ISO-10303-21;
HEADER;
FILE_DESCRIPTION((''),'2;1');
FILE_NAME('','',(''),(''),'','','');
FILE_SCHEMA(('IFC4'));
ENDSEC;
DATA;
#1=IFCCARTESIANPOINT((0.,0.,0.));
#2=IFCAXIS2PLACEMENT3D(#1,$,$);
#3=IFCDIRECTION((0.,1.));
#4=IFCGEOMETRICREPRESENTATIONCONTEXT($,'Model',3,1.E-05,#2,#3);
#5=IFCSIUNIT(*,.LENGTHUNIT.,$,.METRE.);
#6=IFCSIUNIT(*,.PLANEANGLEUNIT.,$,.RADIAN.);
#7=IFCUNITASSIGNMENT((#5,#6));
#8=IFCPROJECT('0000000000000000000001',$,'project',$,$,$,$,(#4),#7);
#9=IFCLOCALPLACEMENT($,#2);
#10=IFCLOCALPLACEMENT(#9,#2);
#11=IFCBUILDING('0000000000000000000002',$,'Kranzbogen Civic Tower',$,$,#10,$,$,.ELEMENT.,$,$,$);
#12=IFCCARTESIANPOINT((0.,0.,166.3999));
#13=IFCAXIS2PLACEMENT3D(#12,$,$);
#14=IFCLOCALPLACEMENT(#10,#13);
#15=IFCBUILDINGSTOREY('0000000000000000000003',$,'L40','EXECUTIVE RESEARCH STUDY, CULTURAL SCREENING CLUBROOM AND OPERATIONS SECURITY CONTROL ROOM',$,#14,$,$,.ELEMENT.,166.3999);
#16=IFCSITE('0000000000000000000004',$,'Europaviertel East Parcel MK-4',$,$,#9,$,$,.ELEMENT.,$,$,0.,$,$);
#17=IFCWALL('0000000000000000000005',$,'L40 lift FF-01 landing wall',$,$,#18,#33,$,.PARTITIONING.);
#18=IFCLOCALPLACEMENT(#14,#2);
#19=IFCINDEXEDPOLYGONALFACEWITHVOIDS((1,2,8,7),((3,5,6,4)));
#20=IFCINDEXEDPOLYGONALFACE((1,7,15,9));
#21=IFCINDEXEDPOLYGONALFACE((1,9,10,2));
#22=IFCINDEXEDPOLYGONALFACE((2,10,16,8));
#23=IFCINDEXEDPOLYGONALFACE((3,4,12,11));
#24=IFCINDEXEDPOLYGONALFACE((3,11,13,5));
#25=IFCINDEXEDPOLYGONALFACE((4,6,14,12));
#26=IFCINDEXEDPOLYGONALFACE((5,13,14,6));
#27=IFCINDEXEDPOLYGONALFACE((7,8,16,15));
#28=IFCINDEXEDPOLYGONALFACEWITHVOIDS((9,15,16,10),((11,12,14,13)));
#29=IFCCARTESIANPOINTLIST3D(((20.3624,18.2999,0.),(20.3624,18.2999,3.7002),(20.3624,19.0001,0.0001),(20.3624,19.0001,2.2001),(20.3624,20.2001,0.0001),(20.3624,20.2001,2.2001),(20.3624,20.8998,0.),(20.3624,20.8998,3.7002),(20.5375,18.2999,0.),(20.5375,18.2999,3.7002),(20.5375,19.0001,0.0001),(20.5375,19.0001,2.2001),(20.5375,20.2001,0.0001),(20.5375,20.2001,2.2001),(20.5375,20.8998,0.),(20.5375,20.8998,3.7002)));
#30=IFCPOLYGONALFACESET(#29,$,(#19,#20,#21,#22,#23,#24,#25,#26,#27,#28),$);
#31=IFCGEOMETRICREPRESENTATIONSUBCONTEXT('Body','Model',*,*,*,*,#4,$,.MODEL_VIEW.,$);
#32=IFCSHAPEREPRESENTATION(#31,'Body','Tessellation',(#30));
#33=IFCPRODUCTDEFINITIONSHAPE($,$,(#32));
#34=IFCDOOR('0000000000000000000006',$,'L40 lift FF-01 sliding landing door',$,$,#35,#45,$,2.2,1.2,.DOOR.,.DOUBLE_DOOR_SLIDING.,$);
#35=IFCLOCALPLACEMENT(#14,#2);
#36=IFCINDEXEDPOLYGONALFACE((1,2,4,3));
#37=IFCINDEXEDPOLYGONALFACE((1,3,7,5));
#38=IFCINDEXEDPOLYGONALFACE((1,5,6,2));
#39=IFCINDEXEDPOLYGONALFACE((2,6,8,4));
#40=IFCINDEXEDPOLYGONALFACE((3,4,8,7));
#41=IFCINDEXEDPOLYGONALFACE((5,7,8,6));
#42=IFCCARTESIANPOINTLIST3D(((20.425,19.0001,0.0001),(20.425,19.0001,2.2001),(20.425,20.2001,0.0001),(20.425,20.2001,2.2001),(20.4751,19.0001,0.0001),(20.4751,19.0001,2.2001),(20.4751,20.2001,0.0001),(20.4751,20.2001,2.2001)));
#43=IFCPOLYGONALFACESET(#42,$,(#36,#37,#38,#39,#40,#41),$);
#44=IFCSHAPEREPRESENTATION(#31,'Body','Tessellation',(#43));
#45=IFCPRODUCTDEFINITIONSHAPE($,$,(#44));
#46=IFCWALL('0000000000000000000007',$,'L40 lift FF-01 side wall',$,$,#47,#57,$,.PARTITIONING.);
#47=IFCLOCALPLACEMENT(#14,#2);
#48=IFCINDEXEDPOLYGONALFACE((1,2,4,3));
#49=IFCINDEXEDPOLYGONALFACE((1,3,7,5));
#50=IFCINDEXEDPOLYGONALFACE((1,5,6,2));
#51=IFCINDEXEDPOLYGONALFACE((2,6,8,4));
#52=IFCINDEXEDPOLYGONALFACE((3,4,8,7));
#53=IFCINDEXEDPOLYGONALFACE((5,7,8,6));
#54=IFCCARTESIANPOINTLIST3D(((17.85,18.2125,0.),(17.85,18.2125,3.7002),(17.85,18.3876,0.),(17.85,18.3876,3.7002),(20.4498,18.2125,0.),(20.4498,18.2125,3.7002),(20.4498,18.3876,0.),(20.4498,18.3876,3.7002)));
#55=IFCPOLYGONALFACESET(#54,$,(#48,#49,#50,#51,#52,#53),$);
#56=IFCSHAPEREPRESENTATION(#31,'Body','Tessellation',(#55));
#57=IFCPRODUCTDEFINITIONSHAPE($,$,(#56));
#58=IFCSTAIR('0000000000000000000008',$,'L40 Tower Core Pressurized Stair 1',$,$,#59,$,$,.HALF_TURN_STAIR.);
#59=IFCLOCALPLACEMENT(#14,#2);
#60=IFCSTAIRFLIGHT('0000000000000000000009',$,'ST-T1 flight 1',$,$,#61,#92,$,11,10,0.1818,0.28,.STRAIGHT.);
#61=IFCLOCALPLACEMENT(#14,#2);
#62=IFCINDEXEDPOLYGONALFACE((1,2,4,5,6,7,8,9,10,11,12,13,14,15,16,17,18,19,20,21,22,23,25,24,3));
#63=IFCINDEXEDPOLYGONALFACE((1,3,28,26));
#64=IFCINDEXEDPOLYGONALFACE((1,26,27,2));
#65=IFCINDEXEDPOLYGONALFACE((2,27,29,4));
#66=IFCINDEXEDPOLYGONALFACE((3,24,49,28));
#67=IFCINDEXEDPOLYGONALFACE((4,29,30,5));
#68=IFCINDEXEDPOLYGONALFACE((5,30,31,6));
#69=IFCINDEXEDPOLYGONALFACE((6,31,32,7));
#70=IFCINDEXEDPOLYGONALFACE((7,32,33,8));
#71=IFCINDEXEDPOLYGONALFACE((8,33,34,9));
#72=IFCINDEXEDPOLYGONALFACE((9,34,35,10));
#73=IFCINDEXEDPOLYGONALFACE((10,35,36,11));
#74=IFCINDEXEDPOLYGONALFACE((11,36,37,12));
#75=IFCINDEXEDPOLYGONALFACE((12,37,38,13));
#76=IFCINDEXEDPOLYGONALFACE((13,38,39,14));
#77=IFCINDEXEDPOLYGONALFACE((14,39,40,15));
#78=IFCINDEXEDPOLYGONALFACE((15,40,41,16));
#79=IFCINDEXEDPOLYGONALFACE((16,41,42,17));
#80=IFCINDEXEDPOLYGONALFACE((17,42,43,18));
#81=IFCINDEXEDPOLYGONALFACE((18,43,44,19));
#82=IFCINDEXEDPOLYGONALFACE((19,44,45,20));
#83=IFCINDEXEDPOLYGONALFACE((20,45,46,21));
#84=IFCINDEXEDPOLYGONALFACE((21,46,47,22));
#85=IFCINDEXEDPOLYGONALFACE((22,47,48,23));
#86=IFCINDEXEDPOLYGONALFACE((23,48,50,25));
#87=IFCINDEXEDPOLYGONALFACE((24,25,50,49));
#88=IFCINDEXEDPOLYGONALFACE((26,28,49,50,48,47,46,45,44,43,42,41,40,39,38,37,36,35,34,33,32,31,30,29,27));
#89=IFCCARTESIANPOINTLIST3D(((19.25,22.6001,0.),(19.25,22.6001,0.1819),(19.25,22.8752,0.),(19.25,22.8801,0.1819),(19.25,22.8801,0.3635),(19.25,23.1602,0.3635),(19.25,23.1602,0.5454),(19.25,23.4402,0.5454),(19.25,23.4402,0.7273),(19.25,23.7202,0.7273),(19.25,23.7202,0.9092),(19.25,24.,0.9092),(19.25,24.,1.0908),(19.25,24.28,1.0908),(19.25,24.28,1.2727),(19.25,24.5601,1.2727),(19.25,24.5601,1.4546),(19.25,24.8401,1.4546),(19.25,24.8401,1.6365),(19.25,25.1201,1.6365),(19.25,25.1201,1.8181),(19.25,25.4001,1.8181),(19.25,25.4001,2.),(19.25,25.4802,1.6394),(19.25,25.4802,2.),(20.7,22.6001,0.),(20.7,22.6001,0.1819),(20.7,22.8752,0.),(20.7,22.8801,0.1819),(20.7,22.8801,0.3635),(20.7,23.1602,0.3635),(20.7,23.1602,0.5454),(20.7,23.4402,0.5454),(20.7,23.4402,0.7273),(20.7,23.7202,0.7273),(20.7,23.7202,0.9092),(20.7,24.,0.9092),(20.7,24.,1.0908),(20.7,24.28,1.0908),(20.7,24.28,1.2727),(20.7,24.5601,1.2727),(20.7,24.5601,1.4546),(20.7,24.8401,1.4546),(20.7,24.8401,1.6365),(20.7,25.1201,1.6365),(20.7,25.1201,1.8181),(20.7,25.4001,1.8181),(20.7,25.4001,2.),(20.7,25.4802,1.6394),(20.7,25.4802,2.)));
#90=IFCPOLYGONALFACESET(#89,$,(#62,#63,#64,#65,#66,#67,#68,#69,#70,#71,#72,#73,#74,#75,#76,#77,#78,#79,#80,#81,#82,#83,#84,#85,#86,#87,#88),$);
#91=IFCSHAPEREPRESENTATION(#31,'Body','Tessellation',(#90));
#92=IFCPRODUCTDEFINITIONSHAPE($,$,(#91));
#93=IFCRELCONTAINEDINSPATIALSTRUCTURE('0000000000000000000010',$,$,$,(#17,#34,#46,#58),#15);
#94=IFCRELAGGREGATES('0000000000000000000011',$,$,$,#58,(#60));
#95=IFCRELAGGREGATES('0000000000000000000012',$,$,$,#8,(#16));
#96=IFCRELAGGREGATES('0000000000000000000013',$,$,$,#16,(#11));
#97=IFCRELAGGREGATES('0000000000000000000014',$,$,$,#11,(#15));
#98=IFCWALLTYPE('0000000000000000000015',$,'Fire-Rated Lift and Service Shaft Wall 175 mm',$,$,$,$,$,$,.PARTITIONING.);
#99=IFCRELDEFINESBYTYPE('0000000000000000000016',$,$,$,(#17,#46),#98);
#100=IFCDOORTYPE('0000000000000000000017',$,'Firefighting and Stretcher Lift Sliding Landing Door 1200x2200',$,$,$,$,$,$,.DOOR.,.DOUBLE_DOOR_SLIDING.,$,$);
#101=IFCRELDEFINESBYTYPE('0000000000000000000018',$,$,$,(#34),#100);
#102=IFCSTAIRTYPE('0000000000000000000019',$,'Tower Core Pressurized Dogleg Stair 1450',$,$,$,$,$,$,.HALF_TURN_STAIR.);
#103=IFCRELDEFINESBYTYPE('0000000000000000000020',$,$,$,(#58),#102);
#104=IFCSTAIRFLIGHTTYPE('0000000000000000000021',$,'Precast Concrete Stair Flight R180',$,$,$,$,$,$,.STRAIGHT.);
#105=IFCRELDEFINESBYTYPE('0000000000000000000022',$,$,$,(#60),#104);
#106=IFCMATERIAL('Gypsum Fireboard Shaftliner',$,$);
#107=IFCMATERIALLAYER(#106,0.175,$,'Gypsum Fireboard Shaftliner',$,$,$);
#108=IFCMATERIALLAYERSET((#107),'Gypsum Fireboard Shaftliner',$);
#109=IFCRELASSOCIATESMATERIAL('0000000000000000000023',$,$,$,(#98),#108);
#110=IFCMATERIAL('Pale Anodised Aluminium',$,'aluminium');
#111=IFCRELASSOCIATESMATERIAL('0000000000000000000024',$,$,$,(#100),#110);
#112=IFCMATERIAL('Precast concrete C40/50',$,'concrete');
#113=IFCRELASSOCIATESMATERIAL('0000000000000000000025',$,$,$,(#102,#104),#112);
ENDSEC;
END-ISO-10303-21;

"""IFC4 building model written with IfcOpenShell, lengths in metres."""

from ifc_helpers import new_model, si_unit, direction, frame, frame_2d, origin, place, context, subcontext, project, spatial, polyline, rectangle, outline, extrude, material, layer, layer_set, type_object, element, fill, aggregate, save


model = new_model("IFC4")

# Units and contexts
model_context = context("Model", 3, precision=1e-05, world=origin(), true_north=direction((0.0, 1.0)))
body_context = subcontext(model_context, "Body", "Model", "MODEL_VIEW")
ifc_project = project(units=[si_unit("LENGTHUNIT", "METRE"), si_unit("PLANEANGLEUNIT", "RADIAN")], contexts=[model_context])

# Site, building, storey
site_placement = place(None, origin())
site = spatial("IfcSite", under=ifc_project, at=site_placement, Name="Europaviertel East Parcel MK-4", CompositionType="ELEMENT", RefElevation=0.0)
building_placement = place(site_placement, origin())
building = spatial("IfcBuilding", under=site, at=building_placement, Name="Kranzbogen Civic Tower", CompositionType="ELEMENT")
storey_placement = place(building_placement, frame((0.0, 0.0, 166.3999)))
storey = spatial("IfcBuildingStorey", under=building, at=storey_placement, Name="L40", Description="EXECUTIVE RESEARCH STUDY, CULTURAL SCREENING CLUBROOM AND OPERATIONS SECURITY CONTROL ROOM", CompositionType="ELEMENT", Elevation=166.3999)

# Wall, opening, door
ifc_material_1 = material(Name="Gypsum Fireboard Shaftliner")
ifc_layer_1 = layer(ifc_material_1, 0.175, Name="Gypsum Fireboard Shaftliner")
ifc_layer_set_1 = layer_set([ifc_layer_1], Name="Gypsum Fireboard Shaftliner")
wall_type_1 = type_object("IfcWallType", Name="Fire-Rated Lift and Service Shaft Wall 175 mm", PredefinedType="PARTITIONING", material=ifc_layer_set_1)
wall_1_placement = place(storey_placement, frame((20.45, 18.3, 0.0), z_axis=(0.0, 0.0, 1.0), x_axis=(0.0, 1.0, 0.0)))
wall_1 = element("IfcWall", 1, at=wall_1_placement, inside=storey, type_object=wall_type_1, Name="L40 lift FF-01 landing wall", PredefinedType="PARTITIONING", context=body_context, shape_type="SweptSolid", body=[
    extrude(rectangle(XDim=2.5999, YDim=0.175, at=frame_2d((1.2998, 0.0))), origin(), (0.0, 0.0, 1.0), 3.7002),
])
opening_1_placement = place(wall_1_placement, frame((0.7, 0.0, 0.0)))
opening_1 = element("IfcOpeningElement", 2, at=opening_1_placement, cuts=wall_1, PredefinedType="OPENING", context=body_context, shape_type="SweptSolid", body=[
    extrude(rectangle(XDim=1.2, YDim=2.2, at=frame_2d((0.6001, 1.1001))), frame((0.0, 0.0977, 0.0), z_axis=(0.0, -1.0, 0.0), x_axis=(1.0, 0.0, 0.0)), (0.0, 0.0, 1.0), 0.1951),
])
ifc_material_2 = material(Name="Pale Anodised Aluminium", Category="aluminium")
door_type_1 = type_object("IfcDoorType", Name="Firefighting and Stretcher Lift Sliding Landing Door 1200x2200", OperationType="DOUBLE_DOOR_SLIDING", PredefinedType="DOOR", material=ifc_material_2)
door_1_placement = place(opening_1_placement, origin())
door_1 = element("IfcDoor", 3, at=door_1_placement, inside=storey, type_object=door_type_1, Name="L40 lift FF-01 sliding landing door", OperationType="DOUBLE_DOOR_SLIDING", OverallHeight=2.2, OverallWidth=1.2, PredefinedType="DOOR", context=body_context, shape_type="SweptSolid", body=[
    extrude(rectangle(XDim=1.2, YDim=2.2, at=frame_2d((0.6001, 1.1001))), frame((0.0, 0.0249, 0.0), z_axis=(0.0, -1.0, 0.0), x_axis=(1.0, 0.0, 0.0)), (0.0, 0.0, 1.0), 0.05),
])
fill(opening_1, door_1)

# Wall
wall_2_placement = place(storey_placement, frame((17.8501, 18.3, 0.0), z_axis=(0.0, 0.0, 1.0), x_axis=(1.0, 0.0, 0.0)))
element("IfcWall", 4, at=wall_2_placement, inside=storey, type_object=wall_type_1, Name="L40 lift FF-01 side wall", PredefinedType="PARTITIONING", context=body_context, shape_type="SweptSolid", body=[
    extrude(rectangle(XDim=2.5999, YDim=0.175, at=frame_2d((1.2998, 0.0))), origin(), (0.0, 0.0, 1.0), 3.7002),
])

# Stair, stair flight
ifc_material_3 = material(Name="Precast concrete C40/50", Category="concrete")
stair_type = type_object("IfcStairType", Name="Tower Core Pressurized Dogleg Stair 1450", PredefinedType="HALF_TURN_STAIR", material=ifc_material_3)
stair_placement = place(storey_placement, origin())
stair = element("IfcStair", 5, at=stair_placement, inside=storey, type_object=stair_type, Name="L40 Tower Core Pressurized Stair 1", PredefinedType="HALF_TURN_STAIR")
stair_flight_type = type_object("IfcStairFlightType", Name="Precast Concrete Stair Flight R180", PredefinedType="STRAIGHT", material=ifc_material_3)
stair_flight_placement = place(storey_placement, frame((19.9751, 22.6001, 0.0), z_axis=(0.0, 0.0, 1.0), x_axis=(0.0, 1.0, 0.0)))
stair_flight = element("IfcStairFlight", 6, at=stair_flight_placement, type_object=stair_flight_type, Name="ST-T1 flight 1", NumberOfRisers=11, NumberOfTreads=10, PredefinedType="STRAIGHT", RiserHeight=0.1818, TreadLength=0.28, context=body_context, shape_type="SweptSolid", body=[
    extrude(outline(polyline([(0.0, 0.0), (0.0, 0.1819), (0.28, 0.1819), (0.28, 0.3635), (0.5601, 0.3635), (0.5601, 0.5454), (0.8401, 0.5454), (0.8401, 0.7273), (1.1201, 0.7273), (1.1201, 0.9092), (1.3999, 0.9092), (1.3999, 1.0908), (1.6799, 1.0908), (1.6799, 1.2727), (1.96, 1.2727), (1.96, 1.4546), (2.24, 1.4546), (2.24, 1.6365), (2.52, 1.6365), (2.52, 1.8181), (2.8, 1.8181), (2.8, 2.0), (2.8801, 2.0), (2.8801, 1.6394), (0.2751, 0.0), (0.0, 0.0)])), frame((0.0, 0.7251, 0.0), z_axis=(0.0, -1.0, 0.0), x_axis=(1.0, 0.0, 0.0)), (0.0, 0.0, 1.0), 1.45),
])
aggregate(stair, [stair_flight])

save(model, "model.ifc")
